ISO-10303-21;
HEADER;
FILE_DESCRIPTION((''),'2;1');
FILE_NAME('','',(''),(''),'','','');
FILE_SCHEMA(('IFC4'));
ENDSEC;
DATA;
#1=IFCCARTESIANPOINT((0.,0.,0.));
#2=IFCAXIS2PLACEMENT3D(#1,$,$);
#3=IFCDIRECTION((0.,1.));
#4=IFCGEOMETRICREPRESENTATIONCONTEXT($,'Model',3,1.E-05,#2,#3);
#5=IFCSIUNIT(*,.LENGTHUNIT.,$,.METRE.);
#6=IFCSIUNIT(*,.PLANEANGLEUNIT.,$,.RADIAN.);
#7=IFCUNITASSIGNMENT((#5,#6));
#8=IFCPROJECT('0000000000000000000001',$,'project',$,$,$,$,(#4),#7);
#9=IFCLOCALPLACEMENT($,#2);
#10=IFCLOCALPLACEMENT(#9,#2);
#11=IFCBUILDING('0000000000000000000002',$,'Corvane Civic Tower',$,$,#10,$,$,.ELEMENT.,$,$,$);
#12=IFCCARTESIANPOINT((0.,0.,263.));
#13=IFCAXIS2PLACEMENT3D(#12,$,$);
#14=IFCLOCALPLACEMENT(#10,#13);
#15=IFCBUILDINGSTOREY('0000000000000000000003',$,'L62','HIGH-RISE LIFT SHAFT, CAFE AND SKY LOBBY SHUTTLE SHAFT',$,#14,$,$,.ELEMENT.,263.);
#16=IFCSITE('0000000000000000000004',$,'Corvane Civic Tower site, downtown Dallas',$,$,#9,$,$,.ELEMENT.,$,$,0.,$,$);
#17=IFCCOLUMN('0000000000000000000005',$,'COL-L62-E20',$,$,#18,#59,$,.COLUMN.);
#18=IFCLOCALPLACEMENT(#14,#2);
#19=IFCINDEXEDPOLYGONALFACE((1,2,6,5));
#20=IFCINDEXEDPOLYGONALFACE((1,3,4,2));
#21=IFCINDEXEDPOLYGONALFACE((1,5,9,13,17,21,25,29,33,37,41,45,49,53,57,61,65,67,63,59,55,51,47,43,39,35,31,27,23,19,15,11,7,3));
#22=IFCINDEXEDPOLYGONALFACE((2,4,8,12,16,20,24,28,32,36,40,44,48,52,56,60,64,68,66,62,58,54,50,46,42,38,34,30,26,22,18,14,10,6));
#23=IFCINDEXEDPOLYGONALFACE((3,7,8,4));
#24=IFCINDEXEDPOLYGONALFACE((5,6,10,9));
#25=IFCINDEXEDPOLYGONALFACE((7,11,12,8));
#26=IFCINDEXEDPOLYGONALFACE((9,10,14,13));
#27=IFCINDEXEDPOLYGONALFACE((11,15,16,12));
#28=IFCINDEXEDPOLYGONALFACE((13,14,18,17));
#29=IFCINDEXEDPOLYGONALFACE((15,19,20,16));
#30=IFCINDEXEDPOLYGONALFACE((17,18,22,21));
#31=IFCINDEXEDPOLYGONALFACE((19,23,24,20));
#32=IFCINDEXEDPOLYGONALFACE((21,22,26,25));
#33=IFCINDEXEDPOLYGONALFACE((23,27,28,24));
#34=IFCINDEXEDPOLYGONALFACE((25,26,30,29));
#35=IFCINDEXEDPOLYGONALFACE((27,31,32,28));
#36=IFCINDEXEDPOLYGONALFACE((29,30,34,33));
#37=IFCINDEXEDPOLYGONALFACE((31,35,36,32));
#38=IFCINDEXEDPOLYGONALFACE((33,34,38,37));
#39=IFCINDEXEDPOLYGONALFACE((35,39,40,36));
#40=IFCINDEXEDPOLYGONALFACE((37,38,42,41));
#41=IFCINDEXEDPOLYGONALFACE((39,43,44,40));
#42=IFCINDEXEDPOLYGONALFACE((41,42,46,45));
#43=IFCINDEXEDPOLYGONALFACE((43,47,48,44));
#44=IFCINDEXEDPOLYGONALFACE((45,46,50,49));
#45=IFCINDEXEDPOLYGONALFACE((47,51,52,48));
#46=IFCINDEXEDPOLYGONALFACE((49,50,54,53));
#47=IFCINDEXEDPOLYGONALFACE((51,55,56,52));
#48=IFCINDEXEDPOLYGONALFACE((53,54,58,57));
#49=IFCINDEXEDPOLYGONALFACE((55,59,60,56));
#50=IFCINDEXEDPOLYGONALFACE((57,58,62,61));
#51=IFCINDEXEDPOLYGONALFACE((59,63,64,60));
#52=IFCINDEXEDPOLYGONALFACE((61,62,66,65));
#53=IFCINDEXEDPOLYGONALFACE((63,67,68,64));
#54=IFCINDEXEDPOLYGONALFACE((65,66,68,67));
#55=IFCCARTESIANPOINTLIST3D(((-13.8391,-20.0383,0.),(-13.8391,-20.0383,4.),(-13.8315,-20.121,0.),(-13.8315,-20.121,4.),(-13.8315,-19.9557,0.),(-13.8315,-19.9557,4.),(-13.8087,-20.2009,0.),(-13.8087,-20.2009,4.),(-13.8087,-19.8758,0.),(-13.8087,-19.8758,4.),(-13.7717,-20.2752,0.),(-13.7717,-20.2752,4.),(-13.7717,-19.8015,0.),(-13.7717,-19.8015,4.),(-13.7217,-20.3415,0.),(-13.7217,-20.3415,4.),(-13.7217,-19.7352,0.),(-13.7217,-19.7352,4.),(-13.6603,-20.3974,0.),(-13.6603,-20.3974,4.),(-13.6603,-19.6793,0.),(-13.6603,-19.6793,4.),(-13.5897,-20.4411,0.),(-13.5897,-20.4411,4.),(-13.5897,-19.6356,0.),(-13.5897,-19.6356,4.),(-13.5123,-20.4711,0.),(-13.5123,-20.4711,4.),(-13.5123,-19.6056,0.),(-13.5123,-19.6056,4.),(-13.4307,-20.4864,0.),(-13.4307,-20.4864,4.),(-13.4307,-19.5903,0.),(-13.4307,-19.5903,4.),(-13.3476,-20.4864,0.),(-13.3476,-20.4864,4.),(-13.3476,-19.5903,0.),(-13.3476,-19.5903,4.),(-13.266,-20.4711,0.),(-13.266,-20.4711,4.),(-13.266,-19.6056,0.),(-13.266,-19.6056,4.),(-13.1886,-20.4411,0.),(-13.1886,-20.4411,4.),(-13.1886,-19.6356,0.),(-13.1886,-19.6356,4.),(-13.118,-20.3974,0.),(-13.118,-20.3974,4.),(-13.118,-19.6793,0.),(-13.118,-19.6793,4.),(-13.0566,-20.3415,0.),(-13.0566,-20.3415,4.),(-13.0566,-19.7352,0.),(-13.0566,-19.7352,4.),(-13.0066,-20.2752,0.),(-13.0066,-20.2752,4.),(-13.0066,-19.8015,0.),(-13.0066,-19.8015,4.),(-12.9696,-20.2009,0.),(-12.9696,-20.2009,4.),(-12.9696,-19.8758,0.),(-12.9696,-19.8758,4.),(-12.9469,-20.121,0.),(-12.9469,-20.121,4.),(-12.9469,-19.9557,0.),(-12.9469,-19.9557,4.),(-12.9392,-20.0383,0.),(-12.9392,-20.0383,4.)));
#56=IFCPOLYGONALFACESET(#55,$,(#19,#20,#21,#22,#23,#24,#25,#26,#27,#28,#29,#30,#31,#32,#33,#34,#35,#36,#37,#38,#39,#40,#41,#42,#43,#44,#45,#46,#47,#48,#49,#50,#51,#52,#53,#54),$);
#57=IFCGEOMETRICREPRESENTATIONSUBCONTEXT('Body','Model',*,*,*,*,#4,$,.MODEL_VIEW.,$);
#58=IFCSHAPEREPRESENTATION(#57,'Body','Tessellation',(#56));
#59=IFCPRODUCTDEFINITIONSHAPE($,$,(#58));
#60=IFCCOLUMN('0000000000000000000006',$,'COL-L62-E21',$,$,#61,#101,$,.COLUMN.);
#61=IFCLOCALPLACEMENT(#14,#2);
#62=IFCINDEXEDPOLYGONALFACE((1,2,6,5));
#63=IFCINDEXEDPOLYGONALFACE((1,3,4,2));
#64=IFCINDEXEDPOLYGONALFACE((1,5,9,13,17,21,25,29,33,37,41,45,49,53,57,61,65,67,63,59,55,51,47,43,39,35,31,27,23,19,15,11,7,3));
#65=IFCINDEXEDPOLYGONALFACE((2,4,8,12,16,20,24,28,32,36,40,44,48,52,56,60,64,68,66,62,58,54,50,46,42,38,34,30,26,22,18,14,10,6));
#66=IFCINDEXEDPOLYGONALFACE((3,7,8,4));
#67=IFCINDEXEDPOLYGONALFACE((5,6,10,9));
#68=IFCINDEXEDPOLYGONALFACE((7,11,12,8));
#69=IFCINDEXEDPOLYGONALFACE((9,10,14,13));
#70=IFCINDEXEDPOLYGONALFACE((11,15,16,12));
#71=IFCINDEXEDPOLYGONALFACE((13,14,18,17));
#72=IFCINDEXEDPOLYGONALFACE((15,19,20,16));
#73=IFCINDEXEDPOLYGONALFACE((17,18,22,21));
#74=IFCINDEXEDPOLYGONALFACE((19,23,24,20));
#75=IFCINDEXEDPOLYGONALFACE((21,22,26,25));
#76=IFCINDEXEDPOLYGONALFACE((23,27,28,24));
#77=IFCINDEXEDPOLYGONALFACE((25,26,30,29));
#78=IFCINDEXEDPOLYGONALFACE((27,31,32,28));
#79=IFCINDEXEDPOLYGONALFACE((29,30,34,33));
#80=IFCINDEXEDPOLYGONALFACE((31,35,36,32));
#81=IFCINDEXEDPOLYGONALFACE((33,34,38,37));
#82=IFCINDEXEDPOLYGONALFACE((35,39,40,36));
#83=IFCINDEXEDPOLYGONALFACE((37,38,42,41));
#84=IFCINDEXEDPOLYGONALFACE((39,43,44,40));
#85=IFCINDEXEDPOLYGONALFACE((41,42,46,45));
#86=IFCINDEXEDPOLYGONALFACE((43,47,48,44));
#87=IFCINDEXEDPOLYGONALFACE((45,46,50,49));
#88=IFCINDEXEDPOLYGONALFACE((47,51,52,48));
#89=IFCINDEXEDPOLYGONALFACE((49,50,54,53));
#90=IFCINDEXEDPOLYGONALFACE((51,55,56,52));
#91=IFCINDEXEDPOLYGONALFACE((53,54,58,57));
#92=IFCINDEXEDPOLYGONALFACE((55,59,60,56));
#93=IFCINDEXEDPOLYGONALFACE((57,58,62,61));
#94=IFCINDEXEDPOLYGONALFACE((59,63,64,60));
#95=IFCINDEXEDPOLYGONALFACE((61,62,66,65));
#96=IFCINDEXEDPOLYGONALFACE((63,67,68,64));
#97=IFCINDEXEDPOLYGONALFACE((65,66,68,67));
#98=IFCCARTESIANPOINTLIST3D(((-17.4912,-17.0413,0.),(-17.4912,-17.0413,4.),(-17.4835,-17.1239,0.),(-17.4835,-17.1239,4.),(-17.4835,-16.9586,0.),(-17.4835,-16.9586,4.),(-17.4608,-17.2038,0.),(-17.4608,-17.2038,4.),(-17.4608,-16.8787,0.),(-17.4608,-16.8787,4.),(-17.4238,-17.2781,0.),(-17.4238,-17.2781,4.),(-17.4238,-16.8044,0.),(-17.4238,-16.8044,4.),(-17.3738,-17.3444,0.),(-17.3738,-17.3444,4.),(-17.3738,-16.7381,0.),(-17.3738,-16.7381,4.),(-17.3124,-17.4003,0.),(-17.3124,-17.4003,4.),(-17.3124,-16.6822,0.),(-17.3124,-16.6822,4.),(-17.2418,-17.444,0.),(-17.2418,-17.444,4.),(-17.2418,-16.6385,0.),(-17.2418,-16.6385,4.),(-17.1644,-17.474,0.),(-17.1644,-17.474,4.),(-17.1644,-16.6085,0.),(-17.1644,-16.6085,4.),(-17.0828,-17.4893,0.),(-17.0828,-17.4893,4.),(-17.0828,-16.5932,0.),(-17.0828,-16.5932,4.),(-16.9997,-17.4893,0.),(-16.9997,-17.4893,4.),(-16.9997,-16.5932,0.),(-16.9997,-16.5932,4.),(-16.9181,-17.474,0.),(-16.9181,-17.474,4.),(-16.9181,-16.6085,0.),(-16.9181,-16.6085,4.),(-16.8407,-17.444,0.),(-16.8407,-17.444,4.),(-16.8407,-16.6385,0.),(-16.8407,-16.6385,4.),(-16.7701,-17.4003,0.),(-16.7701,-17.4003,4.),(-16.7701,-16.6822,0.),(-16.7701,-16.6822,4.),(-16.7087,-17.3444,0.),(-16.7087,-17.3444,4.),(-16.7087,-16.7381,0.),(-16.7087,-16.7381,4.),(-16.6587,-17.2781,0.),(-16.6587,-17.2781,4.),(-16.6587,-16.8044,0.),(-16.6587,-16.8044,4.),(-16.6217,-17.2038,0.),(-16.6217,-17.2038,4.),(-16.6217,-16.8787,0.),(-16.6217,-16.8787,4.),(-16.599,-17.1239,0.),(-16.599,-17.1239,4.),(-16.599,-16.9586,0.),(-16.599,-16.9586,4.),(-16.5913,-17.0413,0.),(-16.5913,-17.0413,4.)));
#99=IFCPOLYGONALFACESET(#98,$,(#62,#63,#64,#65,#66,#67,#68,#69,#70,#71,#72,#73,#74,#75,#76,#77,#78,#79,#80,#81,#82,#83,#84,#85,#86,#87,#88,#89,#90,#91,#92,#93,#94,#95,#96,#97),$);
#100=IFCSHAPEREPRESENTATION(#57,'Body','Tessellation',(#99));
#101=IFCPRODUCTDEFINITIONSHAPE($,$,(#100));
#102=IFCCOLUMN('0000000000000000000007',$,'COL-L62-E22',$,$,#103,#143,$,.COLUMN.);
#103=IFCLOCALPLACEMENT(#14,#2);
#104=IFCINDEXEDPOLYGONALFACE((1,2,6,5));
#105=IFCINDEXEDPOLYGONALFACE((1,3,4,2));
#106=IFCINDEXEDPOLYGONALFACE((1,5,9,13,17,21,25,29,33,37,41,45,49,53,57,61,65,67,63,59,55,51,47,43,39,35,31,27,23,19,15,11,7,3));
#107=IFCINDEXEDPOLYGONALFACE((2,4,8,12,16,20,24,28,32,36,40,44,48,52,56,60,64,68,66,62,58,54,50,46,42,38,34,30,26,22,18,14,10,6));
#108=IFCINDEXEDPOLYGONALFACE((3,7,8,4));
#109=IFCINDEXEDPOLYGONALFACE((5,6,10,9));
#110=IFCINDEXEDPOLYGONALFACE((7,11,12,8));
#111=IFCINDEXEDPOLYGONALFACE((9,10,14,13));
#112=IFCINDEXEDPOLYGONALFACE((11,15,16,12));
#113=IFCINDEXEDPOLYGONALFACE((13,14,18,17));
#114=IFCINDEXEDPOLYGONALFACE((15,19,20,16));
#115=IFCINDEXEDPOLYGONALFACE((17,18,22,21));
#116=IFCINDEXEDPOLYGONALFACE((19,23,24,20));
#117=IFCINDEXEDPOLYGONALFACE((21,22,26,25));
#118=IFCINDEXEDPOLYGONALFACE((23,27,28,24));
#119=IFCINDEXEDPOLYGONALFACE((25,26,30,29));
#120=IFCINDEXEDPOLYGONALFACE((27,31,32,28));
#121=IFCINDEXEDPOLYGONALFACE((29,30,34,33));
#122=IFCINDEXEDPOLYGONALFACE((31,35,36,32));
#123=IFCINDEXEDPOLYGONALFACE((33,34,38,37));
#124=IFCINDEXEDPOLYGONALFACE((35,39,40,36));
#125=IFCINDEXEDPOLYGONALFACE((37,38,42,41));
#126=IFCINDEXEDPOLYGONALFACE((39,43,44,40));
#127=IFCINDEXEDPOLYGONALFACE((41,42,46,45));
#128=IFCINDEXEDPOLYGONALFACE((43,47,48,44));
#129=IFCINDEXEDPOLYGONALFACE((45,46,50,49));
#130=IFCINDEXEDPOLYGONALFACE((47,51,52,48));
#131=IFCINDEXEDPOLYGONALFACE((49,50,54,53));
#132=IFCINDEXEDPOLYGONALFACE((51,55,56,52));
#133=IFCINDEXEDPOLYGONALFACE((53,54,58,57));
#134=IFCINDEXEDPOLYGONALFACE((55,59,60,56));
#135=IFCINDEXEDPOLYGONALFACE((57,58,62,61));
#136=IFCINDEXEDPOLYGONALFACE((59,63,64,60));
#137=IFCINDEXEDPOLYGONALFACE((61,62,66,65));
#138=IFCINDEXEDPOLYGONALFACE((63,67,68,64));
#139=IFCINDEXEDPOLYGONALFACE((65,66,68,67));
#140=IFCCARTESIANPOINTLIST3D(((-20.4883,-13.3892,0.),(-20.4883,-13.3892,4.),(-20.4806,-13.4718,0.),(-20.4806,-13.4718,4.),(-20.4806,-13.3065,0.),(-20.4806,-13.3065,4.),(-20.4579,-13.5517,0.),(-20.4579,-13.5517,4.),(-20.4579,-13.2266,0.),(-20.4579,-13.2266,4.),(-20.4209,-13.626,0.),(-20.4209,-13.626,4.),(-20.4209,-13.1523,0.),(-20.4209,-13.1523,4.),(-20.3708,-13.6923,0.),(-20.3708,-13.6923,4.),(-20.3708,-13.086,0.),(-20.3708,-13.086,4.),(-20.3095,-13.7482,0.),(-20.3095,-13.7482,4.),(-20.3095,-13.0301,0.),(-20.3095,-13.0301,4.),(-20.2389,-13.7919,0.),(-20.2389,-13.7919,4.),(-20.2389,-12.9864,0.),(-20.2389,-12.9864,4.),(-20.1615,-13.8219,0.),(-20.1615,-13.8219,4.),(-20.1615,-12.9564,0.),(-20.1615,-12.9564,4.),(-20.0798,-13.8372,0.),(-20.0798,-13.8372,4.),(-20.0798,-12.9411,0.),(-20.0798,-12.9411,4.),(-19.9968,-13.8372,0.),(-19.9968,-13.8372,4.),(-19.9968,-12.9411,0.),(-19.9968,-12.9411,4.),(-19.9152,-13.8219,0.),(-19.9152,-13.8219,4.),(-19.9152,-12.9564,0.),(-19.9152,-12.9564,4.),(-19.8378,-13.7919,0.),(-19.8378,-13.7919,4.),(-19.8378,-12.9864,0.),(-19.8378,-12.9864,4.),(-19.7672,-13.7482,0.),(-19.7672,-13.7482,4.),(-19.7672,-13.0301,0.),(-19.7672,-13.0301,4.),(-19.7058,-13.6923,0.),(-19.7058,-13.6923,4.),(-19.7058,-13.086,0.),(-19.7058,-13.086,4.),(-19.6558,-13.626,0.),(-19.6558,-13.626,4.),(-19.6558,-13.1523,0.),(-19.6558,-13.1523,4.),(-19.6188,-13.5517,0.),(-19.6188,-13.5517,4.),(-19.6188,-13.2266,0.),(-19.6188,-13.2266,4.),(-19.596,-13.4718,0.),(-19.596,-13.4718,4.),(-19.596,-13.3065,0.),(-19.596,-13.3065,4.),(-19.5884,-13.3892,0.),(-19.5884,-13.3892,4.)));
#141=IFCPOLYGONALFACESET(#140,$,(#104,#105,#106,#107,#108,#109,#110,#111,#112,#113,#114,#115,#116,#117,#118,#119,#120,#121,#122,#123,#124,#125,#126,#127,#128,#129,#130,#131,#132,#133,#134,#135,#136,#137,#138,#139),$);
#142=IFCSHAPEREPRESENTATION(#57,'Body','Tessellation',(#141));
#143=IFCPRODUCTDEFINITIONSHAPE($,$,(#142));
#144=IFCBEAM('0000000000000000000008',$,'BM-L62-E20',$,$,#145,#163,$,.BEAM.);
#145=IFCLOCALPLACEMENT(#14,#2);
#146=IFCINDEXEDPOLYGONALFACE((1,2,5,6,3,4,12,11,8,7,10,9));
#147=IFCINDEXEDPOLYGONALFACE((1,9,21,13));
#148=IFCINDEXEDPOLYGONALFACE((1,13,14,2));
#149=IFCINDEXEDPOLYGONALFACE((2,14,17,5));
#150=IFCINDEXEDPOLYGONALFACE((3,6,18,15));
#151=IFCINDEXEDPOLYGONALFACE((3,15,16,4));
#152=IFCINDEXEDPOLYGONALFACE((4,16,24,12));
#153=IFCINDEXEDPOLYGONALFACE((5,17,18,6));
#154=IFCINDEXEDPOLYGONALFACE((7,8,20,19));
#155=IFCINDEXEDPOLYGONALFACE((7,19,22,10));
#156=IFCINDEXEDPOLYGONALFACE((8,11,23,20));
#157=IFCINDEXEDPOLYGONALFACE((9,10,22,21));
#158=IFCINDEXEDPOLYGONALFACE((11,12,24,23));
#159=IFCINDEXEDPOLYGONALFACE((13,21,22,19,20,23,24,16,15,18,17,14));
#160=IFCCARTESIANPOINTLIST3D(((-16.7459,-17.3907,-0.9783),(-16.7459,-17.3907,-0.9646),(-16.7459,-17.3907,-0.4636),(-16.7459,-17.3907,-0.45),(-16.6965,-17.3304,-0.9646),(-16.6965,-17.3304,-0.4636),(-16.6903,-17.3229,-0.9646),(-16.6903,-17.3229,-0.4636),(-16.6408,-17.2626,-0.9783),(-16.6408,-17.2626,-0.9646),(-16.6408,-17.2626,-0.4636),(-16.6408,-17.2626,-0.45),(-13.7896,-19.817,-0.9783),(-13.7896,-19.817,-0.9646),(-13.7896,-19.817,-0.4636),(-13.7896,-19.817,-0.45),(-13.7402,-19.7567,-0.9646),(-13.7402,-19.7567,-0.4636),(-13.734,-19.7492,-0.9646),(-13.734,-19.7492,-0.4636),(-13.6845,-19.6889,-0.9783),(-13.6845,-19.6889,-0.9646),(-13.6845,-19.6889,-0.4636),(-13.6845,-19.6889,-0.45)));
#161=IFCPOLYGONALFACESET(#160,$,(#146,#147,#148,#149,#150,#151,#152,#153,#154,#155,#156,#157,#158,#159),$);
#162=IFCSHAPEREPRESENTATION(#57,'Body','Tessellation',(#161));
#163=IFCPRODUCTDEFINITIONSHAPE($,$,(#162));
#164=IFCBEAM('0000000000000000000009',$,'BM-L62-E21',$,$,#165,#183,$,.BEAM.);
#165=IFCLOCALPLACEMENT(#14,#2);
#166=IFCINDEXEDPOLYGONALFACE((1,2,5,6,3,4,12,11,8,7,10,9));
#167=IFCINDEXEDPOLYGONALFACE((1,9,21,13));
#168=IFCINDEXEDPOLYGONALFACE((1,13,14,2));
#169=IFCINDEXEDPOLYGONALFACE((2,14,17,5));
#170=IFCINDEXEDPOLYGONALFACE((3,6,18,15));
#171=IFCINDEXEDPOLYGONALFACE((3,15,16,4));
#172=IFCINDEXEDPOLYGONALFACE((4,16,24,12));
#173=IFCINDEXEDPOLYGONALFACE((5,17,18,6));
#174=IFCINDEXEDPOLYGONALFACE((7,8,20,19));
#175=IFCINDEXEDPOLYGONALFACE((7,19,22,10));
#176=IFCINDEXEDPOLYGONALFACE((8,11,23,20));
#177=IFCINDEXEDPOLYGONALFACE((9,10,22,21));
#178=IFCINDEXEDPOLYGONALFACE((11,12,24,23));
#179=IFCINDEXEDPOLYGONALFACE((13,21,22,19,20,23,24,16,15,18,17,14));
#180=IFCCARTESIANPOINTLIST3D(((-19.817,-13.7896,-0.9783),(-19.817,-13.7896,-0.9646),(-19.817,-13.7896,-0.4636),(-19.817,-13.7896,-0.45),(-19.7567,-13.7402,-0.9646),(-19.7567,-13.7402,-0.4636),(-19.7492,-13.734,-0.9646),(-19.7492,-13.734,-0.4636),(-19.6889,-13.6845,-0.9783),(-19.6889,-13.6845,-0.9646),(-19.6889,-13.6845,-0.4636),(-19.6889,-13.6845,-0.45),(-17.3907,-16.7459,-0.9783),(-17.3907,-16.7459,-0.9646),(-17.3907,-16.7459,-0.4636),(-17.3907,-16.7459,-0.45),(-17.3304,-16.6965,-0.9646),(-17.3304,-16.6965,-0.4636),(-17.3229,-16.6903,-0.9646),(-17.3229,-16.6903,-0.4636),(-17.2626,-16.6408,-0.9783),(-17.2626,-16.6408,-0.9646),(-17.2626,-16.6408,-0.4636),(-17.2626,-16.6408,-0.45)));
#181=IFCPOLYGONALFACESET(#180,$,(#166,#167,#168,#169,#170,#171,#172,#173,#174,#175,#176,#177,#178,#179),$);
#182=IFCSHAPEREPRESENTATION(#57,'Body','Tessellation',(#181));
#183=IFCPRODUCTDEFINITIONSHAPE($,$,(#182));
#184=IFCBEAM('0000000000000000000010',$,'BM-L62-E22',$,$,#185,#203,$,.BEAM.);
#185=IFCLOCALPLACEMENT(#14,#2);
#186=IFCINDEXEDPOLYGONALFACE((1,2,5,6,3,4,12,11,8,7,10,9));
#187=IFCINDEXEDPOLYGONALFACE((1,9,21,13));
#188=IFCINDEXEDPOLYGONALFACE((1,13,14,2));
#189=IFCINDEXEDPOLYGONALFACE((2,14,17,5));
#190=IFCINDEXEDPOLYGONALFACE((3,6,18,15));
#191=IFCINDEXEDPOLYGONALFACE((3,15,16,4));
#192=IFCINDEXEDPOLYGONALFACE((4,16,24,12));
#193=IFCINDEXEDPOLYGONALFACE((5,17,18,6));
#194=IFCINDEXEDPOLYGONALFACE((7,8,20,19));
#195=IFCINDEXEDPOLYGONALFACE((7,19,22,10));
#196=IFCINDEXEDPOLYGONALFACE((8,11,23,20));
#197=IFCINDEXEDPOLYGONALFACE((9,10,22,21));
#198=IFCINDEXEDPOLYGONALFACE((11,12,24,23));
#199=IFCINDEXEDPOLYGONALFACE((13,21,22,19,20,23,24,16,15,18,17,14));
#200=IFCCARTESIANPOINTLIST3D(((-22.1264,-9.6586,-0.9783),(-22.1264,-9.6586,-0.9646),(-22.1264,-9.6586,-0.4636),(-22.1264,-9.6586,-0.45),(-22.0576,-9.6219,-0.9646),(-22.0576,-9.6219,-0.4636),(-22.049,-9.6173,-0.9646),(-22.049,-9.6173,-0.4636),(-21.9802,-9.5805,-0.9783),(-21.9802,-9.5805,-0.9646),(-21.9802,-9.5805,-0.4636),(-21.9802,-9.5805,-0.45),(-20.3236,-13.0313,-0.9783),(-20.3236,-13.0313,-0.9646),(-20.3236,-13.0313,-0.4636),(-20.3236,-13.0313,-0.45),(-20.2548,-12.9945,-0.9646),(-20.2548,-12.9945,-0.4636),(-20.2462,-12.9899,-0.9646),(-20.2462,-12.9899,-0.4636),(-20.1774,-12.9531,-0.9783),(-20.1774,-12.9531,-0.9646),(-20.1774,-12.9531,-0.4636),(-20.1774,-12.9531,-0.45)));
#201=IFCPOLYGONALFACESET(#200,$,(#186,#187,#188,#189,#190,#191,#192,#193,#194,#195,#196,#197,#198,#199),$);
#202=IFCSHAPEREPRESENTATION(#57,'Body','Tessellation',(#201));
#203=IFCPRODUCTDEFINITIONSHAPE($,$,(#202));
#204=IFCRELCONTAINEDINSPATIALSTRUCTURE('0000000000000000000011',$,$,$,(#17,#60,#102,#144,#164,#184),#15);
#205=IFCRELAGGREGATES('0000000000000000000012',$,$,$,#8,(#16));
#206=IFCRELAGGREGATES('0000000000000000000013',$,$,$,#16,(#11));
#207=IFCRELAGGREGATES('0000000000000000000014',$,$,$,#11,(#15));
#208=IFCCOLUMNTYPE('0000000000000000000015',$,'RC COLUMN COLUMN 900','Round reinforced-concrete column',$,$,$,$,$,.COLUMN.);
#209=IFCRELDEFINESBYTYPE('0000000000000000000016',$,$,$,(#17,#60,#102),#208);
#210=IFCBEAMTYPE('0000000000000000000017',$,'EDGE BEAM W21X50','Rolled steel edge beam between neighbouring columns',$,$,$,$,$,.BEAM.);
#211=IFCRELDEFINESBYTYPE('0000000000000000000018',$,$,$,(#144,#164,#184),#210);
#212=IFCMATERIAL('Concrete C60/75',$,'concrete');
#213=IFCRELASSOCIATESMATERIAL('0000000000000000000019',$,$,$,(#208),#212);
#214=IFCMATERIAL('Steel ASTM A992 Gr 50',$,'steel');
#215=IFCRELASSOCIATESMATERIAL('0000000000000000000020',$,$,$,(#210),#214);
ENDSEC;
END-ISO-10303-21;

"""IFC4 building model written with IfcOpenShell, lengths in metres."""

from ifc_helpers import new_model, si_unit, direction, frame, origin, origin_2d, place, context, subcontext, project, spatial, circle, i_section, extrude, material, material_profile, profile_set, type_object, element, save


model = new_model("IFC4")

# Units and contexts
model_context = context("Model", 3, precision=1e-05, world=origin(), true_north=direction((0.0, 1.0)))
body_context = subcontext(model_context, "Body", "Model", "MODEL_VIEW")
ifc_project = project(units=[si_unit("LENGTHUNIT", "METRE"), si_unit("PLANEANGLEUNIT", "RADIAN")], contexts=[model_context])

# Site, building, storey
site_placement = place(None, origin())
site = spatial("IfcSite", under=ifc_project, at=site_placement, Name="Corvane Civic Tower site, downtown Dallas", CompositionType="ELEMENT", RefElevation=0.0)
building_placement = place(site_placement, origin())
building = spatial("IfcBuilding", under=site, at=building_placement, Name="Corvane Civic Tower", CompositionType="ELEMENT")
storey_placement = place(building_placement, frame((0.0, 0.0, 263.0)))
storey = spatial("IfcBuildingStorey", under=building, at=storey_placement, Name="L62", Description="HIGH-RISE LIFT SHAFT, CAFE AND SKY LOBBY SHUTTLE SHAFT", CompositionType="ELEMENT", Elevation=263.0)

# Columns
ifc_material_1 = material(Name="Concrete C60/75", Category="concrete")
ifc_material_profile_1 = material_profile(ifc_material_1, circle(Radius=0.45, at=origin_2d()), Name="COLUMN 900")
ifc_profile_set_1 = profile_set([ifc_material_profile_1], Name="Concrete C60/75")
column_type = type_object("IfcColumnType", Name="RC COLUMN COLUMN 900", Description="Round reinforced-concrete column", PredefinedType="COLUMN", material=ifc_profile_set_1)
for number, where, z_axis, x_axis, name in (
    (1, (-13.3892, -20.0383, 0.0), (0.0, 0.0, 1.0), (1.0, 0.0, 0.0), "COL-L62-E20"),
    (2, (-17.0413, -17.0413, 0.0), (0.0, 0.0, 1.0), (1.0, 0.0, 0.0), "COL-L62-E21"),
    (3, (-20.0383, -13.3892, 0.0), (0.0, 0.0, 1.0), (1.0, 0.0, 0.0), "COL-L62-E22"),
):
    element("IfcColumn", number, at=place(storey_placement, frame(where, z_axis=z_axis, x_axis=x_axis)), inside=storey, type_object=column_type, Name=name, PredefinedType="COLUMN", context=body_context, shape_type="SweptSolid", body=[
        extrude(circle(Radius=0.45, at=origin_2d()), origin(), (0.0, 0.0, 1.0), 4.0),
    ])

# Beams
ifc_material_2 = material(Name="Steel ASTM A992 Gr 50", Category="steel")
ifc_material_profile_2 = material_profile(ifc_material_2, i_section(OverallWidth=0.1658, OverallDepth=0.5283, WebThickness=0.0098, FlangeThickness=0.0137, at=origin_2d()), Name="W21X50")
ifc_profile_set_2 = profile_set([ifc_material_profile_2], Name="Steel ASTM A992 Gr 50")
beam_type_1 = type_object("IfcBeamType", Name="EDGE BEAM W21X50", Description="Rolled steel edge beam between neighbouring columns", PredefinedType="BEAM", material=ifc_profile_set_2)
for number, where, z_axis, x_axis, name in (
    (4, (-13.7371, -19.7529, -0.7141), (-0.772998, 0.634409, 0.0), (-0.634409, -0.772998, 0.0), "BM-L62-E20"),
    (5, (-17.3267, -16.6934, -0.7141), (-0.634409, 0.772998, 0.0), (-0.772998, -0.634409, 0.0), "BM-L62-E21"),
):
    element("IfcBeam", number, at=place(storey_placement, frame(where, z_axis=z_axis, x_axis=x_axis)), inside=storey, type_object=beam_type_1, Name=name, PredefinedType="BEAM", context=body_context, shape_type="SweptSolid", body=[
        extrude(i_section(OverallWidth=0.1658, OverallDepth=0.5283, WebThickness=0.0098, FlangeThickness=0.0137, at=origin_2d()), origin(), (0.0, 0.0, 1.0), 3.8245),
    ])
beam_1_placement = place(storey_placement, frame((-20.2505, -12.9922, -0.7141), z_axis=(-0.47141, 0.881914, 0.0), x_axis=(-0.881914, -0.47141, 0.0)))
element("IfcBeam", 6, at=beam_1_placement, inside=storey, type_object=beam_type_1, Name="BM-L62-E22", PredefinedType="BEAM", context=body_context, shape_type="SweptSolid", body=[
    extrude(i_section(OverallWidth=0.1658, OverallDepth=0.5283, WebThickness=0.0098, FlangeThickness=0.0137, at=origin_2d()), origin(), (0.0, 0.0, 1.0), 3.8242),
])

save(model, "model.ifc")
